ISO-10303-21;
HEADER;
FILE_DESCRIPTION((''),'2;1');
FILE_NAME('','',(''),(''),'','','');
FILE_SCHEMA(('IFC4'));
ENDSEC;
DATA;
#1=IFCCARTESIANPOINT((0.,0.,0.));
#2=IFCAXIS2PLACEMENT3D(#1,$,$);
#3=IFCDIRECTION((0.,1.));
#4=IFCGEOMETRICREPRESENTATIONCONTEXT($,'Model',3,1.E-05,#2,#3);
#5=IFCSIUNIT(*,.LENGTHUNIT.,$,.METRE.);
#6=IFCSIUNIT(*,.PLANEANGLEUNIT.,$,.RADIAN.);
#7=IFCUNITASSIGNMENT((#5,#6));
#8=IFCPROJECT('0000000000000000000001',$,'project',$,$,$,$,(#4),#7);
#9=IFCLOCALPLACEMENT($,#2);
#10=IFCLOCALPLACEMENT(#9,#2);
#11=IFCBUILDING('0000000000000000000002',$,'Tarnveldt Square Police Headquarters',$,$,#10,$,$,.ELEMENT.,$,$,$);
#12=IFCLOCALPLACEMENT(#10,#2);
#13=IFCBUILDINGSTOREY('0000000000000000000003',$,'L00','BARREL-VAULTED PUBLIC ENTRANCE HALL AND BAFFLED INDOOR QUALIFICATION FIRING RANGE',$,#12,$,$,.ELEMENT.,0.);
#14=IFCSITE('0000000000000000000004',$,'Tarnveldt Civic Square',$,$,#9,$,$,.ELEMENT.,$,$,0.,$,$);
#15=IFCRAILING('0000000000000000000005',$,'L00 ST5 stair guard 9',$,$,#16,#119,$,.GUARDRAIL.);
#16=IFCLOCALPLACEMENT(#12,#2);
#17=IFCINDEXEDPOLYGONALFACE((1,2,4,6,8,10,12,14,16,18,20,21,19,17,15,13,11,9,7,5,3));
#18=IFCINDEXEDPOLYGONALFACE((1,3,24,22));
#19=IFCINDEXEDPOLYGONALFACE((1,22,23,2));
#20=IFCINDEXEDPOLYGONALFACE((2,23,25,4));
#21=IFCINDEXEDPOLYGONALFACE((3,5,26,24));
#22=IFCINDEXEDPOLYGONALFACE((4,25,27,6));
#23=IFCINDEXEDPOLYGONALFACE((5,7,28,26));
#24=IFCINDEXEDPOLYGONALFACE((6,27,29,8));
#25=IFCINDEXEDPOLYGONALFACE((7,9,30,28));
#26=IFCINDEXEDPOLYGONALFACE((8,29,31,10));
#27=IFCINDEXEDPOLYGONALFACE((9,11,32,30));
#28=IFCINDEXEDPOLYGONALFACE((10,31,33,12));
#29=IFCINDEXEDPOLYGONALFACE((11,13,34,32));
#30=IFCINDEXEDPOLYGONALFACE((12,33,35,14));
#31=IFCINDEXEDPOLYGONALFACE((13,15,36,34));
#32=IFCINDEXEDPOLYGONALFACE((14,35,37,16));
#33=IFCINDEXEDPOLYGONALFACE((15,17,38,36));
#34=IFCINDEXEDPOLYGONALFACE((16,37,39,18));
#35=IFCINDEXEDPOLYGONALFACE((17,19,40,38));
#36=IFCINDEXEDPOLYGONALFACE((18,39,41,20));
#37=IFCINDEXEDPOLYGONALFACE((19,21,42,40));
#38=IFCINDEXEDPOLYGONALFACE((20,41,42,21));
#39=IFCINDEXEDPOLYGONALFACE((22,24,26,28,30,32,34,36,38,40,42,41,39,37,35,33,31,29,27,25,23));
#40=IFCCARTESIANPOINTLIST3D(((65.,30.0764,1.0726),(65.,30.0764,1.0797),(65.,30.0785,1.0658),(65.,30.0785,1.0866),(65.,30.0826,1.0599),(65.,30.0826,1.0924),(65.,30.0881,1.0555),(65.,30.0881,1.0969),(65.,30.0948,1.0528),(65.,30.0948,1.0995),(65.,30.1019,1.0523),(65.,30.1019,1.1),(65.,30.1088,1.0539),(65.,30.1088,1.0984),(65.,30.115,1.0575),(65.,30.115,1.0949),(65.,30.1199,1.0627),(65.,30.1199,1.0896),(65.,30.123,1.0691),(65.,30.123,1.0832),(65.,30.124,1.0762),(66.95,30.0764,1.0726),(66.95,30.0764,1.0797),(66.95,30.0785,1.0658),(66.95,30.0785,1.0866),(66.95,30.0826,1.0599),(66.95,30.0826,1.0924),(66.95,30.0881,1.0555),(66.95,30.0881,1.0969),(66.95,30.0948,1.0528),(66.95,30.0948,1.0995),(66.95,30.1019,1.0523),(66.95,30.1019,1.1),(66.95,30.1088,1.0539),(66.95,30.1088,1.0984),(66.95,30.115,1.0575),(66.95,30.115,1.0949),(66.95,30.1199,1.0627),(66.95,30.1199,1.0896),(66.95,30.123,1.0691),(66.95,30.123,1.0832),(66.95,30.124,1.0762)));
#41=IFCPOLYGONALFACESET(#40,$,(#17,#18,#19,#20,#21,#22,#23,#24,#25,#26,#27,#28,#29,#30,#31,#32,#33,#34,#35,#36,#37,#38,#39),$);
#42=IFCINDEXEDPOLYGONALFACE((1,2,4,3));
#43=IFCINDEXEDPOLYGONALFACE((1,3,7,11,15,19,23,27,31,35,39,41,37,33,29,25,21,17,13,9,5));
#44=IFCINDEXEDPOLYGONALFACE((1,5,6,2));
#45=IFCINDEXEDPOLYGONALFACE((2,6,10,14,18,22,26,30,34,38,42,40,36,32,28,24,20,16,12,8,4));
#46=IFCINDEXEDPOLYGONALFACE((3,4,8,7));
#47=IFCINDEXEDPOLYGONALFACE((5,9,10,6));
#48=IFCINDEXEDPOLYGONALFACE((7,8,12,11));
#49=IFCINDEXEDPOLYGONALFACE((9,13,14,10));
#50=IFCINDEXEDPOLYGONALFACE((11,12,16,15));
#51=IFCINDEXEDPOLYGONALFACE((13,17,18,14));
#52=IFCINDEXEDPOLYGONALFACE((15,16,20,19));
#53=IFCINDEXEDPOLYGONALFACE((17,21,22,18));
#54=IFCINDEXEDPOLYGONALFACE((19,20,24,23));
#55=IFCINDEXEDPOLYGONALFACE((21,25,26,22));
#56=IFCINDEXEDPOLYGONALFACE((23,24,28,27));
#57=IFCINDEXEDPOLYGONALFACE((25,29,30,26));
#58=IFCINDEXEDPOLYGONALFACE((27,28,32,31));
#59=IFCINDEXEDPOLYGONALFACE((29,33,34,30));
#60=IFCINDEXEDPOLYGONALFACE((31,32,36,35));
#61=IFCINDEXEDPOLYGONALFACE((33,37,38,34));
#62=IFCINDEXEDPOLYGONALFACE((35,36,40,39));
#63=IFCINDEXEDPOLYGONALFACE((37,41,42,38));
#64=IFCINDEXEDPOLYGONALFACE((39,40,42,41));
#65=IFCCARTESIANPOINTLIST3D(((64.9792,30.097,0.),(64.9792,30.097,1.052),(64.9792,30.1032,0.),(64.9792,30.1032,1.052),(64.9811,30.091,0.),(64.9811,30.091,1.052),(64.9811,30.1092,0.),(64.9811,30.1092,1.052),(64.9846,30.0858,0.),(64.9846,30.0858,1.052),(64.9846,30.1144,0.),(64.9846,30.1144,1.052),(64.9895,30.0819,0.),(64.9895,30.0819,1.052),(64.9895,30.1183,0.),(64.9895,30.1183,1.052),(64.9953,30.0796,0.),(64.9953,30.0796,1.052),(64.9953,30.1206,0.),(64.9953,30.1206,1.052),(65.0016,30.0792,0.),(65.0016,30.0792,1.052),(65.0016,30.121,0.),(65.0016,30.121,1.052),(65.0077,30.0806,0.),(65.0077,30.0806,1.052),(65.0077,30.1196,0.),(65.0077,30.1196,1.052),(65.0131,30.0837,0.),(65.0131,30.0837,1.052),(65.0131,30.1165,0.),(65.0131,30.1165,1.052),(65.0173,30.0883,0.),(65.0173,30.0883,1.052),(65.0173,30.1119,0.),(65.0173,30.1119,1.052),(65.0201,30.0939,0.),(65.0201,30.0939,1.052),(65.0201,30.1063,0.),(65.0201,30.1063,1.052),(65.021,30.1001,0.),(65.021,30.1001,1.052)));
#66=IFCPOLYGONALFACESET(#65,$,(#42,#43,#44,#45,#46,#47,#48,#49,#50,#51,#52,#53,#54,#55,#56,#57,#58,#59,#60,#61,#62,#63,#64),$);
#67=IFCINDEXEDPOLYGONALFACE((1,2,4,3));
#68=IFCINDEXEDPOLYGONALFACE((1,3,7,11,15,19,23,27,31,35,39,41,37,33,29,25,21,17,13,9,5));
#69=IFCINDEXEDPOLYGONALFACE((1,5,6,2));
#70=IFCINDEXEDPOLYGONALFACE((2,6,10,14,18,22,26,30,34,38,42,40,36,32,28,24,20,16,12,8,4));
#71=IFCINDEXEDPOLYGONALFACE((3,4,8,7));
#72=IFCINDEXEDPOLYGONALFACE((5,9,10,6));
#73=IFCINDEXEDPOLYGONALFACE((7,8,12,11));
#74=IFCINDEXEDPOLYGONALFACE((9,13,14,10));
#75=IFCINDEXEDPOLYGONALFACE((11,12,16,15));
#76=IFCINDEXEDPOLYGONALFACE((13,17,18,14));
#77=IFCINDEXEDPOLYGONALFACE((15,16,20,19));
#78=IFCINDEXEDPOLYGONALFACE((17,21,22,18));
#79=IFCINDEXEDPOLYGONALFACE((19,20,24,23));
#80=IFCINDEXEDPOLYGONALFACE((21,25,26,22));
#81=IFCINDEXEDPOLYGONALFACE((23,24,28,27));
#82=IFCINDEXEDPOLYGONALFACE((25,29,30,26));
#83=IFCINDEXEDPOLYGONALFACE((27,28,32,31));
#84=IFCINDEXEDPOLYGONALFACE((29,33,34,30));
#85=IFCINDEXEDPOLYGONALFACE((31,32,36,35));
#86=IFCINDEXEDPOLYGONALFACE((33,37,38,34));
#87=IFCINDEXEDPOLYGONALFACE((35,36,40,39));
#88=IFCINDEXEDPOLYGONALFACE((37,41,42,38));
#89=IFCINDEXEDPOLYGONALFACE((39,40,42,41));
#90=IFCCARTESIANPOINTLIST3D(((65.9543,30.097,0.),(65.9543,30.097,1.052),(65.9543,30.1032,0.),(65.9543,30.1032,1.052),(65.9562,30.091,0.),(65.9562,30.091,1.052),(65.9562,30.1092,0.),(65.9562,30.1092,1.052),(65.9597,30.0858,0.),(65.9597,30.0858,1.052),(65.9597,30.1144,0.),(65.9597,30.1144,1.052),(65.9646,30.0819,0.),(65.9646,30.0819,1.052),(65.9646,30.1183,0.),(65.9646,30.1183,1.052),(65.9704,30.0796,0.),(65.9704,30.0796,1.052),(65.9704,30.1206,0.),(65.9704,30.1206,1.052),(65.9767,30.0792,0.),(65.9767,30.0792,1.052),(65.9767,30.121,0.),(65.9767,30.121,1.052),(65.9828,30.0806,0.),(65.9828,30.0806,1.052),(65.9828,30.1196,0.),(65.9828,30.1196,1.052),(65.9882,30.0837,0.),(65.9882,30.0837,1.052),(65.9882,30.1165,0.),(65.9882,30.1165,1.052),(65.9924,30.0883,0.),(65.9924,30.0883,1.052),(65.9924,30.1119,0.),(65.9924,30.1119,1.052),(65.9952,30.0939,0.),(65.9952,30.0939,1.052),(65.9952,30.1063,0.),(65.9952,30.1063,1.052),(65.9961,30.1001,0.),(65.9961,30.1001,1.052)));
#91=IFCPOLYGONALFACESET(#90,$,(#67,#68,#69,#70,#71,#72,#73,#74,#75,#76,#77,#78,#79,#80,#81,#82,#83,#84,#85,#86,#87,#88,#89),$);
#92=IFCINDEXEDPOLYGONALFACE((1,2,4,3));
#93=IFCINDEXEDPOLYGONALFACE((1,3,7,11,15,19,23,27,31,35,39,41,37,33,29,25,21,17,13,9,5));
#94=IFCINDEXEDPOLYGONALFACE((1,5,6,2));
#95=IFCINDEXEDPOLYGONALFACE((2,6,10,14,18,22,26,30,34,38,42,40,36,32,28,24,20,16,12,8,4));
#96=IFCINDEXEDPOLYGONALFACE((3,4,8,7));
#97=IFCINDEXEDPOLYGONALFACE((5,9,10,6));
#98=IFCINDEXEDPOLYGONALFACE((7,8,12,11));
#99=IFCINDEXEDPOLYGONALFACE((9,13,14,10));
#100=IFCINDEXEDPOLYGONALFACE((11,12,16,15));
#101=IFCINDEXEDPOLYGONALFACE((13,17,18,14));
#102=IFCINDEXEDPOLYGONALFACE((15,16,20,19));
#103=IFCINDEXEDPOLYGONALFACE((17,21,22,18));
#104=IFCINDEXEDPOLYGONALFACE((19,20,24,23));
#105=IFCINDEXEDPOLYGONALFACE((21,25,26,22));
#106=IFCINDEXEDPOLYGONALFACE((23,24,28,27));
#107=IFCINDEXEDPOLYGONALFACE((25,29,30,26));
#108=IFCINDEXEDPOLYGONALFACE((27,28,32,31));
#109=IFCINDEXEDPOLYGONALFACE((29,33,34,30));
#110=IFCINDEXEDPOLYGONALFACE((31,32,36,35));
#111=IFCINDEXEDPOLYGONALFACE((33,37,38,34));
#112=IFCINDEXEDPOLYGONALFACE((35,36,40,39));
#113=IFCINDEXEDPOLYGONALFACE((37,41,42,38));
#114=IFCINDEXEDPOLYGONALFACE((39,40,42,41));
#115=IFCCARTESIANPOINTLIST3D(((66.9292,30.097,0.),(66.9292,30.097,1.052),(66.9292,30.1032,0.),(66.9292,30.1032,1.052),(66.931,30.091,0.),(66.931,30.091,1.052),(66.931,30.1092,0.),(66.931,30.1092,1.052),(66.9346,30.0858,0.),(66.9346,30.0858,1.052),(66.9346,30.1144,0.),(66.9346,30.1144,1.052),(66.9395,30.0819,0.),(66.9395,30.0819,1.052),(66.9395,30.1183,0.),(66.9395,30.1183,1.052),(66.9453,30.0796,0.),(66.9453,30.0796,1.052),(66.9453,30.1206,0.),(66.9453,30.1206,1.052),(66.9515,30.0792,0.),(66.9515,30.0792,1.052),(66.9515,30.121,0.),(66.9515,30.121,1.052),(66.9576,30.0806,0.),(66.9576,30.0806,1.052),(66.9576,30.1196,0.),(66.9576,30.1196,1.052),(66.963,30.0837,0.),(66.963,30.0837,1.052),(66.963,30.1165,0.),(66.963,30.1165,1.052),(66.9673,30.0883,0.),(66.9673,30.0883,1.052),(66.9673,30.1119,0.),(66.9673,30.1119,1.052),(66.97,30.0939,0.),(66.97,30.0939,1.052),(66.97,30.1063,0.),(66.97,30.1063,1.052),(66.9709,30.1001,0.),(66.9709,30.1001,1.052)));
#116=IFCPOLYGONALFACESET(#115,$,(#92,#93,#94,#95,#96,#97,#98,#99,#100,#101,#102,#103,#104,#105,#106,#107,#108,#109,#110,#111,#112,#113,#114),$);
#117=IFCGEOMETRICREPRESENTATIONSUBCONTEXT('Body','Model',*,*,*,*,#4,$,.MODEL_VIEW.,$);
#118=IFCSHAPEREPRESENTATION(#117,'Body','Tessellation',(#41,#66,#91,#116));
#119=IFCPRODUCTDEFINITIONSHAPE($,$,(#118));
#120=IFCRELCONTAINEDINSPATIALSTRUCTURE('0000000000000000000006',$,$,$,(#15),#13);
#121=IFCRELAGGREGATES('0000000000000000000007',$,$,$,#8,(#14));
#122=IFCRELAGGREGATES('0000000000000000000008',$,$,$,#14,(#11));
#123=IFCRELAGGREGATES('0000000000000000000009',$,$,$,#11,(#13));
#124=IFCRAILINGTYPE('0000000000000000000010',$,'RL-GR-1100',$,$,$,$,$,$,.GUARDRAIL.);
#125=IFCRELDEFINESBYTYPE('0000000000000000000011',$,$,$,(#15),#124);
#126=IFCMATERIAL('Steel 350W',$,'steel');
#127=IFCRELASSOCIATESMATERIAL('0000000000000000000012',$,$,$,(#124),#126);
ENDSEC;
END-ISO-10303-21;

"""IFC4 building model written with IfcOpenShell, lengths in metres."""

from ifc_helpers import new_model, si_unit, direction, frame, origin, origin_2d, place, context, subcontext, project, spatial, circle, extrude, material, type_object, element, save


model = new_model("IFC4")

# Units and contexts
model_context = context("Model", 3, precision=1e-05, world=origin(), true_north=direction((0.0, 1.0)))
body_context = subcontext(model_context, "Body", "Model", "MODEL_VIEW")
ifc_project = project(units=[si_unit("LENGTHUNIT", "METRE"), si_unit("PLANEANGLEUNIT", "RADIAN")], contexts=[model_context])

# Site, building, storey
site_placement = place(None, origin())
site = spatial("IfcSite", under=ifc_project, at=site_placement, Name="Tarnveldt Civic Square", CompositionType="ELEMENT", RefElevation=0.0)
building_placement = place(site_placement, origin())
building = spatial("IfcBuilding", under=site, at=building_placement, Name="Tarnveldt Square Police Headquarters", CompositionType="ELEMENT")
storey_placement = place(building_placement, origin())
storey = spatial("IfcBuildingStorey", under=building, at=storey_placement, Name="L00", Description="BARREL-VAULTED PUBLIC ENTRANCE HALL AND BAFFLED INDOOR QUALIFICATION FIRING RANGE", CompositionType="ELEMENT", Elevation=0.0)

# Railing
ifc_material_1 = material(Name="Steel 350W", Category="steel")
railing_type_1 = type_object("IfcRailingType", Name="RL-GR-1100", PredefinedType="GUARDRAIL", material=ifc_material_1)
for number, where, name in (
    (1, (65.0, 30.1001, 0.0), "L00 ST5 stair guard 9"),
):
    element("IfcRailing", number, at=place(storey_placement, frame(where)), inside=storey, type_object=railing_type_1, Name=name, PredefinedType="GUARDRAIL", context=body_context, shape_type="SweptSolid", body=[
        extrude(circle(Radius=0.0239, at=origin_2d()), frame((0.0, 0.0, 1.0762), z_axis=(1.0, 0.0, 0.0), x_axis=(0.0, 1.0, 0.0)), (0.0, 0.0, 1.0), 1.95),
        extrude(circle(Radius=0.021, at=origin_2d()), origin(), (0.0, 0.0, 1.0), 1.052),
        extrude(circle(Radius=0.021, at=origin_2d()), frame((0.9751, 0.0, 0.0)), (0.0, 0.0, 1.0), 1.052),
        extrude(circle(Radius=0.021, at=origin_2d()), frame((1.95, 0.0, 0.0)), (0.0, 0.0, 1.0), 1.052),
    ])

save(model, "model.ifc")
